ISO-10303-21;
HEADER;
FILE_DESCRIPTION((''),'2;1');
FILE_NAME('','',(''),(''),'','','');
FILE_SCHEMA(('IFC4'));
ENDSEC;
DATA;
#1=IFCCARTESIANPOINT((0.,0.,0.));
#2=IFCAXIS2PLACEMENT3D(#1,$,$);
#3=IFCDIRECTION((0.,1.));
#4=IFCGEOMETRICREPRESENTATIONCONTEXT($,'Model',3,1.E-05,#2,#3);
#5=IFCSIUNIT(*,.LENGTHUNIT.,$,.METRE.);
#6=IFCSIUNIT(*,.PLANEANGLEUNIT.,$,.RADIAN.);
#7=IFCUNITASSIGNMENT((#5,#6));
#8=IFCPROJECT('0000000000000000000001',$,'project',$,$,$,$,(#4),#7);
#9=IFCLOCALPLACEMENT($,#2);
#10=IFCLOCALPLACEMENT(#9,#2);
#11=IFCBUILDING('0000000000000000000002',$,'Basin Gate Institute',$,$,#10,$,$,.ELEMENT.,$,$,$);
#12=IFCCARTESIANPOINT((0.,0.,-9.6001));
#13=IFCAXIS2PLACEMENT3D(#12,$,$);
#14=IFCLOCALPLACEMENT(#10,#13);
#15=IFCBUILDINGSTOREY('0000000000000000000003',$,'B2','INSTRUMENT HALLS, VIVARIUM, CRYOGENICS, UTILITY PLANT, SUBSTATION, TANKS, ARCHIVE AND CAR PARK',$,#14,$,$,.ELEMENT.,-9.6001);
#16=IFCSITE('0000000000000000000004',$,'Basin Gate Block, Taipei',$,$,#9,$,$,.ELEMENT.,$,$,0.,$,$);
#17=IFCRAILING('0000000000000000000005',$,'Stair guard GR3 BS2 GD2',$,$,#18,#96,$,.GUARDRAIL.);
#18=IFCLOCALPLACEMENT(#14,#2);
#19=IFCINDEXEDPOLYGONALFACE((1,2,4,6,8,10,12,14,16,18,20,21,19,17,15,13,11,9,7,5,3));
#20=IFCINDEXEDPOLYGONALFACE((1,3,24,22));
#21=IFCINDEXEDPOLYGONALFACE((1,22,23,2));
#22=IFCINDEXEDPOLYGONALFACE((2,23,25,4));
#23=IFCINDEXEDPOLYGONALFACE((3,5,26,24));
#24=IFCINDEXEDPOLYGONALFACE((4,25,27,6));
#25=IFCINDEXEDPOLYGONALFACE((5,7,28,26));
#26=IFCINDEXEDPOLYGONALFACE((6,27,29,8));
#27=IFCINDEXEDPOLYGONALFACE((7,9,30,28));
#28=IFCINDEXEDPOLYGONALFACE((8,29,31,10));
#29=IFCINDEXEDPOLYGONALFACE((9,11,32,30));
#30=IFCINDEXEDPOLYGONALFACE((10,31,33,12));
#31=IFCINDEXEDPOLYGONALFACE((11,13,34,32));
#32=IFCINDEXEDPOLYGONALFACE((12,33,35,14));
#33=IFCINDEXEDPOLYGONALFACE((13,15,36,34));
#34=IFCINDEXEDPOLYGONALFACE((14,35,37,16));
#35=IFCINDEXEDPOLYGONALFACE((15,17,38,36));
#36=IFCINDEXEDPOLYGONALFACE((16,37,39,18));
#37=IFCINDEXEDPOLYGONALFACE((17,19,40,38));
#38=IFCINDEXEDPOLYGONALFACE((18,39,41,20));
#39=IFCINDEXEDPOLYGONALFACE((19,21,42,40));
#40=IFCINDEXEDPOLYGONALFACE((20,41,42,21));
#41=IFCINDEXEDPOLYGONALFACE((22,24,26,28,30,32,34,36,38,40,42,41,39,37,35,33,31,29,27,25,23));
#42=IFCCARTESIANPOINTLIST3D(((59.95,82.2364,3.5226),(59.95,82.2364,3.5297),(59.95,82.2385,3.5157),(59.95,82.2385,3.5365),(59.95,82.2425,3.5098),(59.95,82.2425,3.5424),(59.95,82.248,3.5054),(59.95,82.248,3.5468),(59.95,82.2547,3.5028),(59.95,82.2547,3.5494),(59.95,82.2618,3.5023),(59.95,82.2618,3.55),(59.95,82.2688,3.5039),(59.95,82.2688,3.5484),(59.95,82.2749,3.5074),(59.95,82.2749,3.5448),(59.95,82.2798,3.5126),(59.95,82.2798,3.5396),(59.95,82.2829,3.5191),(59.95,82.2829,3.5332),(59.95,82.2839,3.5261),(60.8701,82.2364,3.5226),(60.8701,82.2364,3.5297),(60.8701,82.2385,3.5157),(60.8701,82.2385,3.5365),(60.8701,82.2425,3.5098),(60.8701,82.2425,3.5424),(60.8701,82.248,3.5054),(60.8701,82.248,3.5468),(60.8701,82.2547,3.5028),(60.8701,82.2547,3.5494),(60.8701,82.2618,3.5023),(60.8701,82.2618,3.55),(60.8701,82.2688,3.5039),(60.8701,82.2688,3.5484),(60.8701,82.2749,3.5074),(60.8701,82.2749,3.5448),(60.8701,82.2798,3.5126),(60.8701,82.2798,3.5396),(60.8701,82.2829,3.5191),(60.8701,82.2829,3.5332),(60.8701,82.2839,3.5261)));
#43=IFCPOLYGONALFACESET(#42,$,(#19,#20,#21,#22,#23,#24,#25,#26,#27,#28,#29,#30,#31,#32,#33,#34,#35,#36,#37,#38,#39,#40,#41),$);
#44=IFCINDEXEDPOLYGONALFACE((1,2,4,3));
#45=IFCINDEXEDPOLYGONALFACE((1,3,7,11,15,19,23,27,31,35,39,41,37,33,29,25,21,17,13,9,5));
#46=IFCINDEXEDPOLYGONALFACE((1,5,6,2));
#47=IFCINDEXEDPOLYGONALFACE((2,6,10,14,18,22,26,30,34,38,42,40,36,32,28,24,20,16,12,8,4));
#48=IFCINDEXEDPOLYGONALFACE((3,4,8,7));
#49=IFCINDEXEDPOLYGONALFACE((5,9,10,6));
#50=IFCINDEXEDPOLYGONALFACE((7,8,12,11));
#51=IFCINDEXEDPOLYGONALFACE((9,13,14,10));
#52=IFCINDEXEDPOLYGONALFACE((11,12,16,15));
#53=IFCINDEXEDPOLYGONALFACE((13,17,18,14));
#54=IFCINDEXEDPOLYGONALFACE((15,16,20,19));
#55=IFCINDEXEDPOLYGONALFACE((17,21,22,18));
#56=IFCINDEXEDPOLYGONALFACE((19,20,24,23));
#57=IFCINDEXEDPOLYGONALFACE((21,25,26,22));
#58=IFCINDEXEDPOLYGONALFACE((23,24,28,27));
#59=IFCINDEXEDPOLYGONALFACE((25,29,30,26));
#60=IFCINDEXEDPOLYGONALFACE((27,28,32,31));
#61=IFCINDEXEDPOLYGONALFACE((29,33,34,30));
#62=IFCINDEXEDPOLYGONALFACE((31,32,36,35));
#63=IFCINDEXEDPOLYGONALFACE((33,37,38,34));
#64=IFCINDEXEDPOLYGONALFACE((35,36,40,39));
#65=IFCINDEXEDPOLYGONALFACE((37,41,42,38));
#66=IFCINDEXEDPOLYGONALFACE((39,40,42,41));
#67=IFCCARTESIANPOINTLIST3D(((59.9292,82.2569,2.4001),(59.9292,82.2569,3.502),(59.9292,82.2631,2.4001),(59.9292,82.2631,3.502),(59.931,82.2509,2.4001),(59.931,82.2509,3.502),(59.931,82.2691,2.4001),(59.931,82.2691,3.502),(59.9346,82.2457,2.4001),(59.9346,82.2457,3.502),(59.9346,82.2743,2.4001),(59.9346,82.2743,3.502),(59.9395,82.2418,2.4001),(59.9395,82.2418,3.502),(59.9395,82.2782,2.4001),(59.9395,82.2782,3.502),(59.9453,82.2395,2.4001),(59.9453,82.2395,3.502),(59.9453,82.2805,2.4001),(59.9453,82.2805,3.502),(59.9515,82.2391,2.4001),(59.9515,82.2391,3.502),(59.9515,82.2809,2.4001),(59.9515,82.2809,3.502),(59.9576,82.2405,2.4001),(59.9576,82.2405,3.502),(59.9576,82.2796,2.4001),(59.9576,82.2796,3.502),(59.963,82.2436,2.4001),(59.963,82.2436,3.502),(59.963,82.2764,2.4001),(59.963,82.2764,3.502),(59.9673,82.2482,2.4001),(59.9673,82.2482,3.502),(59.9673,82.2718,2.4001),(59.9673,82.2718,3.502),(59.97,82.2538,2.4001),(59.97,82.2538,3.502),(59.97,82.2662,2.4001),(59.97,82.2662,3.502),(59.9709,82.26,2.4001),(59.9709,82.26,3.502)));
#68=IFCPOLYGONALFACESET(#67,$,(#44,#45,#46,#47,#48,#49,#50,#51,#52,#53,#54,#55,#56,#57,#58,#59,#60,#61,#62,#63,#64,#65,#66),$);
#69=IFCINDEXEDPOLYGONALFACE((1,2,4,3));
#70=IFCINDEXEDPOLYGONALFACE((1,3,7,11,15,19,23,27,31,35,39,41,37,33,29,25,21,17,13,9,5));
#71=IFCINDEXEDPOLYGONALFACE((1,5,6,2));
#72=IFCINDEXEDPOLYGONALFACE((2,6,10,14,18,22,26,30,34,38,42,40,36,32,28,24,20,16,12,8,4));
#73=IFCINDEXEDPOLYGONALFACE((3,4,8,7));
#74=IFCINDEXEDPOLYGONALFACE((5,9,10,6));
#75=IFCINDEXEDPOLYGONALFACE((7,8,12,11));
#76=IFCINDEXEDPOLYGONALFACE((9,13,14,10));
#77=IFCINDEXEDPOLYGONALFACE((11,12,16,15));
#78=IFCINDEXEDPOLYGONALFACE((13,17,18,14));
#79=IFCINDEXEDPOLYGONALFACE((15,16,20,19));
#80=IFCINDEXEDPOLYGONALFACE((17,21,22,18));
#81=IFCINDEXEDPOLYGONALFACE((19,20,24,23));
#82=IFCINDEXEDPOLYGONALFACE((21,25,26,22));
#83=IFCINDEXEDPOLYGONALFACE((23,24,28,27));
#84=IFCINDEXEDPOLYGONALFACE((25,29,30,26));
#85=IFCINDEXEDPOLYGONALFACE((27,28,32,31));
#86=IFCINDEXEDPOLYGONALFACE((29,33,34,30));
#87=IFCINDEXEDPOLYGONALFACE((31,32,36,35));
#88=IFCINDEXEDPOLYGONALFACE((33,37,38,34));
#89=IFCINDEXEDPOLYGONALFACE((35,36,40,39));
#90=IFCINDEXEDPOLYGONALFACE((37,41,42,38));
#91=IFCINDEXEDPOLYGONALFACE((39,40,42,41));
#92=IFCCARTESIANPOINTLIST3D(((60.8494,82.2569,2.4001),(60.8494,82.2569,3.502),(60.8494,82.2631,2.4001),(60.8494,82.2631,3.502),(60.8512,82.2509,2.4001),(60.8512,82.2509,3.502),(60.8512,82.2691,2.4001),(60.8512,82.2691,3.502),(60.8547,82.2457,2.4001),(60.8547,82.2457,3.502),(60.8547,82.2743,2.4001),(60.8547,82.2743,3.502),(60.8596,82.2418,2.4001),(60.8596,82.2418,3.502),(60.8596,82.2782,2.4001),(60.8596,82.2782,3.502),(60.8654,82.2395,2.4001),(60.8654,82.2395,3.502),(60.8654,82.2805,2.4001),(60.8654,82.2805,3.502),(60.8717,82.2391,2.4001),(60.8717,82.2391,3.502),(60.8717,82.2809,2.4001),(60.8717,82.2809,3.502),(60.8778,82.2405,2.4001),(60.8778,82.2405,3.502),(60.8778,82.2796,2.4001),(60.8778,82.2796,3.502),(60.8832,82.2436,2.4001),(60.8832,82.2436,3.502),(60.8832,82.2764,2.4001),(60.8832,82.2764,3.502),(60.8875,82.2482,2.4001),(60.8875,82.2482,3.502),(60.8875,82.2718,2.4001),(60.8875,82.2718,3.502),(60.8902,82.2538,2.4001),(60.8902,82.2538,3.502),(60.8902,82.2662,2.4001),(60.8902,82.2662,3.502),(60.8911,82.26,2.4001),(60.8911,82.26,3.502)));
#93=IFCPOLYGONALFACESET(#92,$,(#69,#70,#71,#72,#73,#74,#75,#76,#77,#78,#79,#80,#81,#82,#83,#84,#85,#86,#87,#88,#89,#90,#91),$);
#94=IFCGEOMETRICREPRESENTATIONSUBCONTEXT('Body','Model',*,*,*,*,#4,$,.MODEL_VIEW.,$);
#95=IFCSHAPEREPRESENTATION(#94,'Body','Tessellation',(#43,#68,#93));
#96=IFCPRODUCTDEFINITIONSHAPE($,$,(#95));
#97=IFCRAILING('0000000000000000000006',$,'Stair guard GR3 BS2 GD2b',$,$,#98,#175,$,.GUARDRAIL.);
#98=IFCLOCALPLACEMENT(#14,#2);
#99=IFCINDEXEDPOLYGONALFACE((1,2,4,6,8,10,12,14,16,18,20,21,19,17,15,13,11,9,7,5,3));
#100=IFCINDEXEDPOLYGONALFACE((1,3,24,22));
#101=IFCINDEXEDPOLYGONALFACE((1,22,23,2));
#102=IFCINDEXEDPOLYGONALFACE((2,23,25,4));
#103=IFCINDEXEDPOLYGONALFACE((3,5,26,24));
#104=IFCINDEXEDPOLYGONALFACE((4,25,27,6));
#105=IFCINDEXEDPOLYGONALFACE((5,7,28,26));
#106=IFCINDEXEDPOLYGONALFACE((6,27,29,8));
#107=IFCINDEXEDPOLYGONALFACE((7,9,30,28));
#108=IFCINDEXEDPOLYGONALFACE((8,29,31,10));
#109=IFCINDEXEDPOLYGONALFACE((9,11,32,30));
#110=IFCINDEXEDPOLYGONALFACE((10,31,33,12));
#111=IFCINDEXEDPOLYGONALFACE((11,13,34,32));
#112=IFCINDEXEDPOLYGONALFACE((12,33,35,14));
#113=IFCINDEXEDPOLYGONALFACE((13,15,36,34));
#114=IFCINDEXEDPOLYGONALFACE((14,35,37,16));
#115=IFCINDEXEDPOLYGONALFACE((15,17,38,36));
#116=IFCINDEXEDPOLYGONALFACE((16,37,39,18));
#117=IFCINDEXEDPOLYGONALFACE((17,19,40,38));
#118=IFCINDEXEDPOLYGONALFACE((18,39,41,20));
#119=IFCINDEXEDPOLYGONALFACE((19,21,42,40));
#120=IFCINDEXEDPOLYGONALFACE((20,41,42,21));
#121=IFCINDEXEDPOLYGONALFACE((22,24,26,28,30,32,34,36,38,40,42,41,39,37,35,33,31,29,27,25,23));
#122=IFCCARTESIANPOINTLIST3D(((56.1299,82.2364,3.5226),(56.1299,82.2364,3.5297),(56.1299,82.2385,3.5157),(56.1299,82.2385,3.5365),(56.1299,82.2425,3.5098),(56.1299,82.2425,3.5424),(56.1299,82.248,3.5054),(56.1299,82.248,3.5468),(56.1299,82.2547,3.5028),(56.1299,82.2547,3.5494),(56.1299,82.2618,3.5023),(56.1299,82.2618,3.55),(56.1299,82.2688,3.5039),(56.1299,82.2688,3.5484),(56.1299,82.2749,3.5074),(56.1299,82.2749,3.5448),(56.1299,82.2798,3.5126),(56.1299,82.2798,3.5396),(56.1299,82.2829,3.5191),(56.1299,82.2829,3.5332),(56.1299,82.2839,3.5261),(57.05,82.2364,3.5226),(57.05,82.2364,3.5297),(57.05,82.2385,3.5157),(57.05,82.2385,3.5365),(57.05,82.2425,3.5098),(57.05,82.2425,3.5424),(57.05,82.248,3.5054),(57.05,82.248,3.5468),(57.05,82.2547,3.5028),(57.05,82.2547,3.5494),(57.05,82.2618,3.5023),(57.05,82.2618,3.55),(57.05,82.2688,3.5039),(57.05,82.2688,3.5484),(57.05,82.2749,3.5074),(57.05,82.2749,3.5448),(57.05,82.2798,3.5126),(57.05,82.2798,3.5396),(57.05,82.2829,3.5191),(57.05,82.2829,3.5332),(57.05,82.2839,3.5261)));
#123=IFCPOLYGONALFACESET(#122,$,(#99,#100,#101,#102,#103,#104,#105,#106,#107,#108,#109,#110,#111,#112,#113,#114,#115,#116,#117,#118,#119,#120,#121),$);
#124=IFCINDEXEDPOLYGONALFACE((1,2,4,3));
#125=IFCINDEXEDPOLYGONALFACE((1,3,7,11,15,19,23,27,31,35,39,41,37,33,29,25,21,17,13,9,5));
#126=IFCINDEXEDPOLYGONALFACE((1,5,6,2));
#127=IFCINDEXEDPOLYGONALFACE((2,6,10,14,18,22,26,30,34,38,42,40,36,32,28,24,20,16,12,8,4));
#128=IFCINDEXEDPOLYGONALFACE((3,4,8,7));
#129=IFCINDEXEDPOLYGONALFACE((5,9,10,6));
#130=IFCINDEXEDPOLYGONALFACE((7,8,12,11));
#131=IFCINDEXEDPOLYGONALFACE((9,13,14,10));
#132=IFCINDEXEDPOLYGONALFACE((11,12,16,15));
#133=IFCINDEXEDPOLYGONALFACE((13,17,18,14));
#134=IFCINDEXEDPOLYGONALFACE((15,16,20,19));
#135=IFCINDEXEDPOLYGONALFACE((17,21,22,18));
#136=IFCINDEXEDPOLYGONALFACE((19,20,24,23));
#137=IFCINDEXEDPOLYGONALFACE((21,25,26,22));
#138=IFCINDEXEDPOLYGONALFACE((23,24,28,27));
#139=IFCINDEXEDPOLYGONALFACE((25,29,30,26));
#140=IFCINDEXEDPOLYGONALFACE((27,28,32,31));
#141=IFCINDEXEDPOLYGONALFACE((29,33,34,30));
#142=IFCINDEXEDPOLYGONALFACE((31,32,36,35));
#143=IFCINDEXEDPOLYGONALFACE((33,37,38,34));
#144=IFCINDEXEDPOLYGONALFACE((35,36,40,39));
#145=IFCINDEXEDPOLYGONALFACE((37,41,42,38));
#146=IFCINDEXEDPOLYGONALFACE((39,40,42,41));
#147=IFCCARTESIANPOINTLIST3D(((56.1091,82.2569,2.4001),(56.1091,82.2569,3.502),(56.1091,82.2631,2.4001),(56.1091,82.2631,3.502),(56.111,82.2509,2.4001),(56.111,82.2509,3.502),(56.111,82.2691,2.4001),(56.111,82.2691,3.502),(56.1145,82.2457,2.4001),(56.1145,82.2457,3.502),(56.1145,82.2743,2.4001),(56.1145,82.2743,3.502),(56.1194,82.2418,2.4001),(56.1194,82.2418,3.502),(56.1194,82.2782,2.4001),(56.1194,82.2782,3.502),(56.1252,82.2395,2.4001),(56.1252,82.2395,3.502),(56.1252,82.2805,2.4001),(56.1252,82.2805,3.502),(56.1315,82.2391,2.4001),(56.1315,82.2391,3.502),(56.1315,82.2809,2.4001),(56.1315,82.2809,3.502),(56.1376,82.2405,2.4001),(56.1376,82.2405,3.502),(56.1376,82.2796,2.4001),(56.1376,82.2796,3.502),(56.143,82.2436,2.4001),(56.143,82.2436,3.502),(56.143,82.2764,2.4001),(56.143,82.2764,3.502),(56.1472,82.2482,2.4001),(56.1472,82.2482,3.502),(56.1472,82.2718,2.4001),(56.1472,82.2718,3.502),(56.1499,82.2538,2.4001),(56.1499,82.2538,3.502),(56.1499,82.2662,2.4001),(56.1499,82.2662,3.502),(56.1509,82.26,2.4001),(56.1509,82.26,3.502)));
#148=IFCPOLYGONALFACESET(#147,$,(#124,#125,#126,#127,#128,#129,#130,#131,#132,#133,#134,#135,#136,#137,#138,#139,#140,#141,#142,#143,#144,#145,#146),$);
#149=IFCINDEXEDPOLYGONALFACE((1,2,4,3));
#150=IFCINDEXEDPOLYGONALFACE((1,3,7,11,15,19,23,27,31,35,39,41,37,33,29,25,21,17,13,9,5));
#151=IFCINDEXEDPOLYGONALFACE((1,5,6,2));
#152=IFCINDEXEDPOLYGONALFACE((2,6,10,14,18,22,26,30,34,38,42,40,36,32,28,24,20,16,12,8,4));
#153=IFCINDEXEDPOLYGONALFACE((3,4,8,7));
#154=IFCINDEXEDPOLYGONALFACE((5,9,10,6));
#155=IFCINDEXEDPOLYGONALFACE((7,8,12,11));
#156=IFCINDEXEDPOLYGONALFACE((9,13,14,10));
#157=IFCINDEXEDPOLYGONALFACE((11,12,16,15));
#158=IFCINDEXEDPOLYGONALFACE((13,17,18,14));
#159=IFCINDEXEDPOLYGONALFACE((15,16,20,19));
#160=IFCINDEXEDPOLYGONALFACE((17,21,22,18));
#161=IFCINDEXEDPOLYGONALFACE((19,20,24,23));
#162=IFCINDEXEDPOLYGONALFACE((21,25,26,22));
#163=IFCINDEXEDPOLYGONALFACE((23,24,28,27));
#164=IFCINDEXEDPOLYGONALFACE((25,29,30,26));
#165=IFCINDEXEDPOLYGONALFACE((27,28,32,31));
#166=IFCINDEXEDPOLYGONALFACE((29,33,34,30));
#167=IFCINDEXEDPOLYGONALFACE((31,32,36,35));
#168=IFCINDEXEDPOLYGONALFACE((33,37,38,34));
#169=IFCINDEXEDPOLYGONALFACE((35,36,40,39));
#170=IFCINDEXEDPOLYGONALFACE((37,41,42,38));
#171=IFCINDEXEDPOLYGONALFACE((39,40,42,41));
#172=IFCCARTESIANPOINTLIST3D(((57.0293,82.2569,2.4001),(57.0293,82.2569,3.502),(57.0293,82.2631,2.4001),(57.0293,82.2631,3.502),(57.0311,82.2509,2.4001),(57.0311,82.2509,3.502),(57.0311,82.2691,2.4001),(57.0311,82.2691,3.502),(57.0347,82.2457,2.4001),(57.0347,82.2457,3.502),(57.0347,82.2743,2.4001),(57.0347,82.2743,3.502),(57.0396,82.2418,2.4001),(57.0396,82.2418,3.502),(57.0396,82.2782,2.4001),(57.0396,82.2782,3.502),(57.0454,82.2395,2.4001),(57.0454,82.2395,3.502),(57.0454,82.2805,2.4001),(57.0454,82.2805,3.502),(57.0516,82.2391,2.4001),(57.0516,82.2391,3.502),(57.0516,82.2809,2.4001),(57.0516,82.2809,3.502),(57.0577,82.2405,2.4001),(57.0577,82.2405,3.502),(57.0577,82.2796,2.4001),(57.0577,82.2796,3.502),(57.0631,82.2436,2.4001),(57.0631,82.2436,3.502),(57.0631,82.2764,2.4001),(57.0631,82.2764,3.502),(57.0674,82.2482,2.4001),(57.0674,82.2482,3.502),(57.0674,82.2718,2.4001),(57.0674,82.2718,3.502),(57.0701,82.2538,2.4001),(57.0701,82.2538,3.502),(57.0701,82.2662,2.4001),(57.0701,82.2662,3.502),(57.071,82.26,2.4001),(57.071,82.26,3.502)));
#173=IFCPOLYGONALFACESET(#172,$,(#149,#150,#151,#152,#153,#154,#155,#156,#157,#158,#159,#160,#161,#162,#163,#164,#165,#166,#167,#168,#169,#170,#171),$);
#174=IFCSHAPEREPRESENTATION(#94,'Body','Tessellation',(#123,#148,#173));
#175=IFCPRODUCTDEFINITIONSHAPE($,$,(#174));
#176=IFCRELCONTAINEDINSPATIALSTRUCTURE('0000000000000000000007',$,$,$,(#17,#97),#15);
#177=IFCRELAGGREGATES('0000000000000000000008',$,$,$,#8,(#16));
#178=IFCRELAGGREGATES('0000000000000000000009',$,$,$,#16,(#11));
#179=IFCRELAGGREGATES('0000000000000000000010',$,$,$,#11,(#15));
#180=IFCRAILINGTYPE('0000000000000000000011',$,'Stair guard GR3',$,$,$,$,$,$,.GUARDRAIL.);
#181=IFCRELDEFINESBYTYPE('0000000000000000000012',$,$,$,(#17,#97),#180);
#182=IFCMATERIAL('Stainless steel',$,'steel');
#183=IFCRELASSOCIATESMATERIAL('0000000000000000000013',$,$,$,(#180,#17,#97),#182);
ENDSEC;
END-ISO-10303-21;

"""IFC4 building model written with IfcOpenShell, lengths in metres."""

from ifc_helpers import new_model, si_unit, direction, frame, origin, origin_2d, place, context, subcontext, project, spatial, circle, extrude, material, type_object, element, save


model = new_model("IFC4")

# Units and contexts
model_context = context("Model", 3, precision=1e-05, world=origin(), true_north=direction((0.0, 1.0)))
body_context = subcontext(model_context, "Body", "Model", "MODEL_VIEW")
ifc_project = project(units=[si_unit("LENGTHUNIT", "METRE"), si_unit("PLANEANGLEUNIT", "RADIAN")], contexts=[model_context])

# Site, building, storey
site_placement = place(None, origin())
site = spatial("IfcSite", under=ifc_project, at=site_placement, Name="Basin Gate Block, Taipei", CompositionType="ELEMENT", RefElevation=0.0)
building_placement = place(site_placement, origin())
building = spatial("IfcBuilding", under=site, at=building_placement, Name="Basin Gate Institute", CompositionType="ELEMENT")
storey_placement = place(building_placement, frame((0.0, 0.0, -9.6001)))
storey = spatial("IfcBuildingStorey", under=building, at=storey_placement, Name="B2", Description="INSTRUMENT HALLS, VIVARIUM, CRYOGENICS, UTILITY PLANT, SUBSTATION, TANKS, ARCHIVE AND CAR PARK", CompositionType="ELEMENT", Elevation=-9.6001)

# Railings
ifc_material_1 = material(Name="Stainless steel", Category="steel")
railing_type_1 = type_object("IfcRailingType", Name="Stair guard GR3", PredefinedType="GUARDRAIL", material=ifc_material_1)
for number, where, name in (
    (1, (59.95, 82.26, 2.4001), "Stair guard GR3 BS2 GD2"),
    (2, (56.1299, 82.26, 2.4001), "Stair guard GR3 BS2 GD2b"),
):
    element("IfcRailing", number, at=place(storey_placement, frame(where)), inside=storey, type_object=railing_type_1, material=ifc_material_1, Name=name, PredefinedType="GUARDRAIL", context=body_context, shape_type="SweptSolid", body=[
        extrude(circle(Radius=0.0239, at=origin_2d()), frame((0.0, 0.0, 1.126), z_axis=(1.0, 0.0, 0.0), x_axis=(0.0, 1.0, 0.0)), (0.0, 0.0, 1.0), 0.9202),
        extrude(circle(Radius=0.021, at=origin_2d()), origin(), (0.0, 0.0, 1.0), 1.1018),
        extrude(circle(Radius=0.021, at=origin_2d()), frame((0.9202, 0.0, 0.0)), (0.0, 0.0, 1.0), 1.1018),
    ])

save(model, "model.ifc")
